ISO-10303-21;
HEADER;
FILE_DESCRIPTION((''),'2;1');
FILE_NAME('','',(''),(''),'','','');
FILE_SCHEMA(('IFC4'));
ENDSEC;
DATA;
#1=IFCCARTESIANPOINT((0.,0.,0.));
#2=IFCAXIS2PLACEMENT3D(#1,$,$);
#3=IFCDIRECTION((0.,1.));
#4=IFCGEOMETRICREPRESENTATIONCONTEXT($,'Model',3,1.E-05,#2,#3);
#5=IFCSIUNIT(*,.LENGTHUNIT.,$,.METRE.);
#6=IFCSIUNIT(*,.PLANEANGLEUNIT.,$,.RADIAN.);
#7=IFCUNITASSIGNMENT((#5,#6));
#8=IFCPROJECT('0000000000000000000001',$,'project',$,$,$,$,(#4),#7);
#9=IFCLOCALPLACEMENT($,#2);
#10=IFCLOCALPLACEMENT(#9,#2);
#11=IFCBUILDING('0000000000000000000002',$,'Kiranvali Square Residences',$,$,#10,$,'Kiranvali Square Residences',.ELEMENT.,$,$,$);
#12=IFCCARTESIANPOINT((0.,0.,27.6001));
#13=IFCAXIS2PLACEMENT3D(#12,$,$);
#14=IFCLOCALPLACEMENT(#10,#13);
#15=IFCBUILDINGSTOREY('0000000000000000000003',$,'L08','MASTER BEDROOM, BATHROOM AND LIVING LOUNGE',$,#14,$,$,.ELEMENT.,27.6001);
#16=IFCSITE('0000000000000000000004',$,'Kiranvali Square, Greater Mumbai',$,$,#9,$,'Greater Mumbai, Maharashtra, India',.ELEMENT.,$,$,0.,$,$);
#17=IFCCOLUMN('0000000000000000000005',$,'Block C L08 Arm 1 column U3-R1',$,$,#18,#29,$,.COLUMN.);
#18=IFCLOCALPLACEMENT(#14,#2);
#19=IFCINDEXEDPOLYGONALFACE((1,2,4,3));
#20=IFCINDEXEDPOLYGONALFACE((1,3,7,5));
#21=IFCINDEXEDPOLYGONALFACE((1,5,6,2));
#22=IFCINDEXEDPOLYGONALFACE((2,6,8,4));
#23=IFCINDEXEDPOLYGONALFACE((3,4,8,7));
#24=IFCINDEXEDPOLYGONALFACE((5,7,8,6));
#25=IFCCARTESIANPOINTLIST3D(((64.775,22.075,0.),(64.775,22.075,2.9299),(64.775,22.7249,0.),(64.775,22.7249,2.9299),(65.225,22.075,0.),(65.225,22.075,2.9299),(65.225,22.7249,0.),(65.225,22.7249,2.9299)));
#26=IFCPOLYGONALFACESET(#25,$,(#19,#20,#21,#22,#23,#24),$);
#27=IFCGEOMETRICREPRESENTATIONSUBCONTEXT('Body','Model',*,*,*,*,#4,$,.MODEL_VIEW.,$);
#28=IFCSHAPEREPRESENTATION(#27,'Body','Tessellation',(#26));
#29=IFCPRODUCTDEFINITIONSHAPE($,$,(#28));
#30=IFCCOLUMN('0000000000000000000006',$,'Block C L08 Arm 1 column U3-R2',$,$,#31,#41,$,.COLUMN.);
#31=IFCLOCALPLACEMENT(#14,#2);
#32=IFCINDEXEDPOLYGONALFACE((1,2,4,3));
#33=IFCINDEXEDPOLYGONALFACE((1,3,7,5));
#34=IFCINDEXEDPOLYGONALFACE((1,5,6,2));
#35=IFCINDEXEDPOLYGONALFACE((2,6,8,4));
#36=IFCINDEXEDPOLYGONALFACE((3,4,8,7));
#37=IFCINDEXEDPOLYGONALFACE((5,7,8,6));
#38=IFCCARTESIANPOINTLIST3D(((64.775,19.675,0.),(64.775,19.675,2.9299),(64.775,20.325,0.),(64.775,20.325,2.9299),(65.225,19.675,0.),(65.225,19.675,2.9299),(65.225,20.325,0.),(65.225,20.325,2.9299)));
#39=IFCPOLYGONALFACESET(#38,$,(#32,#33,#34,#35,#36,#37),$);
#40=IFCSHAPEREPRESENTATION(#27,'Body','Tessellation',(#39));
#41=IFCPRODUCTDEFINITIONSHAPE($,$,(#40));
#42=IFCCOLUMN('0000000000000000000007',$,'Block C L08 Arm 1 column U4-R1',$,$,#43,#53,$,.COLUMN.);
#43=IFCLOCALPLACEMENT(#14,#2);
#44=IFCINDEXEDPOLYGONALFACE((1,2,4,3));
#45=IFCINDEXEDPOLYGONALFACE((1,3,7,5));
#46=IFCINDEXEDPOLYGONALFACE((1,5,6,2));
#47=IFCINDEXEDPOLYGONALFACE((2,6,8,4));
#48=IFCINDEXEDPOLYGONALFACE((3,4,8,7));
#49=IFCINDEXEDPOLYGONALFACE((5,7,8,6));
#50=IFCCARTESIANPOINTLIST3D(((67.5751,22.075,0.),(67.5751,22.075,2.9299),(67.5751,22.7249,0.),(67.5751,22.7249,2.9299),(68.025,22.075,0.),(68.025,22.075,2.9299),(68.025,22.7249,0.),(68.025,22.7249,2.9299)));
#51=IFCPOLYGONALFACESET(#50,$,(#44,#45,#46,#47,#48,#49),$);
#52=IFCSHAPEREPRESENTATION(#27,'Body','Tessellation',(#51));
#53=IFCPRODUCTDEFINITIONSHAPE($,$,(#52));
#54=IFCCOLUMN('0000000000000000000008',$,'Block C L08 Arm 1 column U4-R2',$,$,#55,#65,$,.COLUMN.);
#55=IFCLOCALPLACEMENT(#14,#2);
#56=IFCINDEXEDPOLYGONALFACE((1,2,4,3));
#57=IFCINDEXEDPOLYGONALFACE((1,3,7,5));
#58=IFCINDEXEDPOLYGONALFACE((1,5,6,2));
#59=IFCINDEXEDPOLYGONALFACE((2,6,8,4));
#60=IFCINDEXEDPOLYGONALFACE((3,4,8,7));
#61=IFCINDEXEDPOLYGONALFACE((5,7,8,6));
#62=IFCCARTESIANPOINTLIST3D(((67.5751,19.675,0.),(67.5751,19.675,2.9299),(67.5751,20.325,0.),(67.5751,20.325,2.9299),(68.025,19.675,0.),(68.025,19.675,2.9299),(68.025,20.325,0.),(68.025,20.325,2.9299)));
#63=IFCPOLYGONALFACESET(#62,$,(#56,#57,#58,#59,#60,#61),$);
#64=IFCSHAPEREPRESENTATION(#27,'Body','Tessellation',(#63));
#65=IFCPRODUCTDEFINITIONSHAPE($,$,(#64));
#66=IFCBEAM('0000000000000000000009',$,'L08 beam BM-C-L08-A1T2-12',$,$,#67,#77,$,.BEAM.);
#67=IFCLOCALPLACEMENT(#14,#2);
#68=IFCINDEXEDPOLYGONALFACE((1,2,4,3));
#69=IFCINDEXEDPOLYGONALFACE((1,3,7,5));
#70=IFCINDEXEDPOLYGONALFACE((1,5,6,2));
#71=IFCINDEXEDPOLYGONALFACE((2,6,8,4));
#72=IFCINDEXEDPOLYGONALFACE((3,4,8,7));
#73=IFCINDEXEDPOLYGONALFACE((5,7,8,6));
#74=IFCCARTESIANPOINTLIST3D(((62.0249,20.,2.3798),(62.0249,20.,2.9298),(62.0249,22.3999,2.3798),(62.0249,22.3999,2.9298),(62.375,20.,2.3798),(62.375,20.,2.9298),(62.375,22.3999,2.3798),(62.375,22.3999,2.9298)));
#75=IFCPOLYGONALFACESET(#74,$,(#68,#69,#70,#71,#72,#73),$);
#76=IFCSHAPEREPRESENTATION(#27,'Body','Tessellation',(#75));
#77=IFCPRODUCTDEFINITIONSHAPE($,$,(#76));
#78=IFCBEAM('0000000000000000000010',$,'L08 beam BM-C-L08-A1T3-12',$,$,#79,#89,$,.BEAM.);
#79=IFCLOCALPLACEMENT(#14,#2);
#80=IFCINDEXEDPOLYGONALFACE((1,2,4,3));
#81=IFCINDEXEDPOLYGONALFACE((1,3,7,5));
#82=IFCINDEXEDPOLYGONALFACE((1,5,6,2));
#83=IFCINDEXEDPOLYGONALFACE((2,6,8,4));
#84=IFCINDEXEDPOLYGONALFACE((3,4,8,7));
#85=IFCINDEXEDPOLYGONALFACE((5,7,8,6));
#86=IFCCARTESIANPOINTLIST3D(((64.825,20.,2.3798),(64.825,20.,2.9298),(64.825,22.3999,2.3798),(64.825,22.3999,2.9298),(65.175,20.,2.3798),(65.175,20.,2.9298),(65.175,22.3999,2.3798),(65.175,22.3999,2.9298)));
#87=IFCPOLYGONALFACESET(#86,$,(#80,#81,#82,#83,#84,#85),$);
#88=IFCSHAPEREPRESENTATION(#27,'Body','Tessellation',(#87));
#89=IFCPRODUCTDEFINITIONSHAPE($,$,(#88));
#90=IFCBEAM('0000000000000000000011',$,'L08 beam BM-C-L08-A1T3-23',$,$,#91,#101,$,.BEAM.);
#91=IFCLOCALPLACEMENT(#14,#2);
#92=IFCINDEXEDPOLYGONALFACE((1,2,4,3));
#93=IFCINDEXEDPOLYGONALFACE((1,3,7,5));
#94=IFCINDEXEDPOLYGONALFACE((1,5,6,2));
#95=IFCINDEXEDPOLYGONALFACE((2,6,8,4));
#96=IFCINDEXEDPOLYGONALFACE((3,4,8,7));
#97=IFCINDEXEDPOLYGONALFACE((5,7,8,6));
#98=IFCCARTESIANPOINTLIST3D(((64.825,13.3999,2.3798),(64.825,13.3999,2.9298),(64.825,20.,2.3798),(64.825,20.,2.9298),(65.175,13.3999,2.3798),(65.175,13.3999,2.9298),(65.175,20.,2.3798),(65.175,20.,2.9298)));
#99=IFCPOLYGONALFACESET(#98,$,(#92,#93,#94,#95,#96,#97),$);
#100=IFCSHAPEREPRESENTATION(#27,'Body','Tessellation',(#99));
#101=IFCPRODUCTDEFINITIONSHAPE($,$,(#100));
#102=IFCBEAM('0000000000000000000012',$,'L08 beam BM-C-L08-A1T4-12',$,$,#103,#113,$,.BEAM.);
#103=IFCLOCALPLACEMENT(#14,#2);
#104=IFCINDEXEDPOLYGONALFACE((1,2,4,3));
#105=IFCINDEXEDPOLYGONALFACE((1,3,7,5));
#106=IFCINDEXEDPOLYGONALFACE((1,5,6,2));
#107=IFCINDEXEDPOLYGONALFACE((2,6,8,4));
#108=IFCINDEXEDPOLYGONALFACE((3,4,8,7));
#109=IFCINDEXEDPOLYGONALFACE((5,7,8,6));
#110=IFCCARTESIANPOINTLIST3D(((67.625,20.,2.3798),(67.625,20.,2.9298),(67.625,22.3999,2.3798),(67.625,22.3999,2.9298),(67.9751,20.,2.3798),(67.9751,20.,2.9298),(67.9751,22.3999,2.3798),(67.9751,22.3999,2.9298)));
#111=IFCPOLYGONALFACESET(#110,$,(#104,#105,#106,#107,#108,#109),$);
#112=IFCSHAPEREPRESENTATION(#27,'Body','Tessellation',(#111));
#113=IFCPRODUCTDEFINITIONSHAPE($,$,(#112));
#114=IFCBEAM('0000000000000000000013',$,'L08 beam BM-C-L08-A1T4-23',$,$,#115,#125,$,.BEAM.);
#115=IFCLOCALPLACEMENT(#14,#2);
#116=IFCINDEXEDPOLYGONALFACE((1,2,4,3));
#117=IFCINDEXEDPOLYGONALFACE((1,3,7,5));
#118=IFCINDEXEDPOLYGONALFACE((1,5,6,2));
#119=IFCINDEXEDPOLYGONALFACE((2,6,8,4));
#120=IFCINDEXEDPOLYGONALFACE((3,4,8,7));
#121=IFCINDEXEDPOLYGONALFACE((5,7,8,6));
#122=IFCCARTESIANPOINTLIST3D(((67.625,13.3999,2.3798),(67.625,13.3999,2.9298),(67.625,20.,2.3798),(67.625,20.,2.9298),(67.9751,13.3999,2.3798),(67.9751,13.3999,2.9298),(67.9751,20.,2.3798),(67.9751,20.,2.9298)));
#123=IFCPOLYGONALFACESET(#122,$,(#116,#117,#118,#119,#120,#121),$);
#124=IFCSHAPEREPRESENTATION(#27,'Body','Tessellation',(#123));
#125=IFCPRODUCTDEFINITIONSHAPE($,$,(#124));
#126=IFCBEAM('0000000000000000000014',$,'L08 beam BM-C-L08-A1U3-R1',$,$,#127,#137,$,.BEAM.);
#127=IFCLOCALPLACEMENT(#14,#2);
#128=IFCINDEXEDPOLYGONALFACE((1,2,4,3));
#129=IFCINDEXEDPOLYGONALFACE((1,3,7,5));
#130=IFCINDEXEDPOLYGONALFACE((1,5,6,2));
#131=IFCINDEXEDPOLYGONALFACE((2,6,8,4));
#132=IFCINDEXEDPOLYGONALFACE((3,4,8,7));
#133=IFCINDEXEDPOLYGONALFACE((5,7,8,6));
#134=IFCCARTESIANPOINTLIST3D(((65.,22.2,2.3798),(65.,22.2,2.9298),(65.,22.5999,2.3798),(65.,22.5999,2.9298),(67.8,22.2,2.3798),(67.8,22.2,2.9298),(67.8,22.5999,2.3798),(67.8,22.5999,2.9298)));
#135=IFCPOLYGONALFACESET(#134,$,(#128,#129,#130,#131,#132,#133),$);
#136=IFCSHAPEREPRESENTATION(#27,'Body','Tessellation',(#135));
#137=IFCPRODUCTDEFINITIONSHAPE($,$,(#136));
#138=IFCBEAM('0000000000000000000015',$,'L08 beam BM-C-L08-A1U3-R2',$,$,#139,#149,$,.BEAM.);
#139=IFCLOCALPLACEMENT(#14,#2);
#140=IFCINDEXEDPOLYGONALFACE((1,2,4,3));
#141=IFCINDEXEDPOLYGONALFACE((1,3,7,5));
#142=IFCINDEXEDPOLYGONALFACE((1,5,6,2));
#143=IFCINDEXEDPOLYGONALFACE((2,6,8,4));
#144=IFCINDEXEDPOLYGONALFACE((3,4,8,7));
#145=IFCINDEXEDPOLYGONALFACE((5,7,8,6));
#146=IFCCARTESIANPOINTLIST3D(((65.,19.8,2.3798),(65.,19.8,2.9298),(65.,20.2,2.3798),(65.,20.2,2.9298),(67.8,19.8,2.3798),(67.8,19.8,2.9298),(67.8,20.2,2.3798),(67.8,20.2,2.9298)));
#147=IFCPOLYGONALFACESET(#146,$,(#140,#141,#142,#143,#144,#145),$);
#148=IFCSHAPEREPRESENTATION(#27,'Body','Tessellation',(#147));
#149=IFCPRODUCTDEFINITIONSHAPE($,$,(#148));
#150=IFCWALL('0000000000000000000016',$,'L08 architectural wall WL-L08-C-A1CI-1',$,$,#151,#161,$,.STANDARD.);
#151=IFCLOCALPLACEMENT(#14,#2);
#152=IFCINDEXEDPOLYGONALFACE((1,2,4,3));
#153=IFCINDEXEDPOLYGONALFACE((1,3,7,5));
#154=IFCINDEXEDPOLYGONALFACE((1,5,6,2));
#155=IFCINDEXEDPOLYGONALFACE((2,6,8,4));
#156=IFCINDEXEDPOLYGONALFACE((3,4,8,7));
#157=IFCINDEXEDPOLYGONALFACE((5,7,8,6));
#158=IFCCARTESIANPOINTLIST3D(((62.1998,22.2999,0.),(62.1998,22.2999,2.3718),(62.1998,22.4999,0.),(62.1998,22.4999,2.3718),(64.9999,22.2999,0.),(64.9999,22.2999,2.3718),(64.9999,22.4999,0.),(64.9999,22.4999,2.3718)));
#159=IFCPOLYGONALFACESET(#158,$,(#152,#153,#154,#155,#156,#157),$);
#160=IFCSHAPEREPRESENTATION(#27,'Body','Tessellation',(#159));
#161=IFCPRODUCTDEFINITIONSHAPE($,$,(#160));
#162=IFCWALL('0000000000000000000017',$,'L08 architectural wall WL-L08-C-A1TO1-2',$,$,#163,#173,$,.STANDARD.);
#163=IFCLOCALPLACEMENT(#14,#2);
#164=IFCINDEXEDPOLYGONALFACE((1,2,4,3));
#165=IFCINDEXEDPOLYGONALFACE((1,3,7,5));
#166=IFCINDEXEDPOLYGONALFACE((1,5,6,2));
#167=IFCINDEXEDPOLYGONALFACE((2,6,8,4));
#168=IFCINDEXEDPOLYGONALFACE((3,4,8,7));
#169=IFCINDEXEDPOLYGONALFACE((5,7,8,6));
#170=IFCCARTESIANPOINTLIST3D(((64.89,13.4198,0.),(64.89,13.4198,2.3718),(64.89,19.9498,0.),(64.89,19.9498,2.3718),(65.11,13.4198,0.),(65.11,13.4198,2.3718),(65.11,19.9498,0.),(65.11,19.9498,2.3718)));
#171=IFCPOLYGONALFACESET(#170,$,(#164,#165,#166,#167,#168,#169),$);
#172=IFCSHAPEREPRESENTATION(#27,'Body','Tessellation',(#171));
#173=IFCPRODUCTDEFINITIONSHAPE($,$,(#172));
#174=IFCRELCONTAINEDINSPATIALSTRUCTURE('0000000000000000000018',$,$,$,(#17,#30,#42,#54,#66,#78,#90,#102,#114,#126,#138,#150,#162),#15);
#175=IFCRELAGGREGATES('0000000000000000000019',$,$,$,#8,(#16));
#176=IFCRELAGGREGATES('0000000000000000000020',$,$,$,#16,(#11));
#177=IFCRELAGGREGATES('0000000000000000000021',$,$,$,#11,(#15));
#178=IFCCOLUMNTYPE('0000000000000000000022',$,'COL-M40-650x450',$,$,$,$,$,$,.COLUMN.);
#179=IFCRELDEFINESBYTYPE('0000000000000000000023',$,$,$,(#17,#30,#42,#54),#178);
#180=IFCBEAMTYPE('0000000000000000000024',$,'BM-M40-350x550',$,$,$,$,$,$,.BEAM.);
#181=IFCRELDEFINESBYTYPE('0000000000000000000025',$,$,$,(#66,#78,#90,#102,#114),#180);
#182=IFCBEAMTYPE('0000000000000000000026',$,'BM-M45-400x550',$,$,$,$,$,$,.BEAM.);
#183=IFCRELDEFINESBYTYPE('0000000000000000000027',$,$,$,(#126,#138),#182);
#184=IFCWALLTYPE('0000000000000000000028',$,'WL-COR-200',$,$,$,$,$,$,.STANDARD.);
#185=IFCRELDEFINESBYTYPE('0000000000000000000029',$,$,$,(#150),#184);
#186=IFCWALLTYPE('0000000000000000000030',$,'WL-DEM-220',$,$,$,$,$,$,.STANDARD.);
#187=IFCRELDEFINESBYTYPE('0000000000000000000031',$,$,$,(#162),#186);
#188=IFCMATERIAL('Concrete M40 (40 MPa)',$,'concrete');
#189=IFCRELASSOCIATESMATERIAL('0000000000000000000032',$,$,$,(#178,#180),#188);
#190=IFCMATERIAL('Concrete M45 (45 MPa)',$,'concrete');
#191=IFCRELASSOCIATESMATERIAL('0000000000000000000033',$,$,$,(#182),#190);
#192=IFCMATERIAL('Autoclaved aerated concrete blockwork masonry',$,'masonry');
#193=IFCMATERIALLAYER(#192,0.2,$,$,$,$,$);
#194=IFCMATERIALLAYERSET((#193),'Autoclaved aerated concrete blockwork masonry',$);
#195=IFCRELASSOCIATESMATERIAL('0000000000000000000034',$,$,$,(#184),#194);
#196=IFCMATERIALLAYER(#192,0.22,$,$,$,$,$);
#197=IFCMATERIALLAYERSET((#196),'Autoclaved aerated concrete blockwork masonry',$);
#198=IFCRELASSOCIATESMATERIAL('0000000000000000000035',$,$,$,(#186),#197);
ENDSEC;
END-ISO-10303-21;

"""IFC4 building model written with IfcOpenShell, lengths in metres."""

from ifc_helpers import new_model, si_unit, direction, frame, frame_2d, origin, origin_2d, place, context, subcontext, project, spatial, rectangle, extrude, material, layer, layer_set, material_profile, profile_set, type_object, element, save


model = new_model("IFC4")

# Units and contexts
model_context = context("Model", 3, precision=1e-05, world=origin(), true_north=direction((0.0, 1.0)))
body_context = subcontext(model_context, "Body", "Model", "MODEL_VIEW")
ifc_project = project(units=[si_unit("LENGTHUNIT", "METRE"), si_unit("PLANEANGLEUNIT", "RADIAN")], contexts=[model_context])

# Site, building, storey
site_placement = place(None, origin())
site = spatial("IfcSite", under=ifc_project, at=site_placement, Name="Kiranvali Square, Greater Mumbai", LongName="Greater Mumbai, Maharashtra, India", CompositionType="ELEMENT", RefElevation=0.0)
building_placement = place(site_placement, origin())
building = spatial("IfcBuilding", under=site, at=building_placement, Name="Kiranvali Square Residences", LongName="Kiranvali Square Residences", CompositionType="ELEMENT")
storey_placement = place(building_placement, frame((0.0, 0.0, 27.6001)))
storey = spatial("IfcBuildingStorey", under=building, at=storey_placement, Name="L08", Description="MASTER BEDROOM, BATHROOM AND LIVING LOUNGE", CompositionType="ELEMENT", Elevation=27.6001)

# Columns
ifc_material_1 = material(Name="Concrete M40 (40 MPa)", Category="concrete")
ifc_material_profile_1 = material_profile(ifc_material_1, rectangle(XDim=0.45, YDim=0.6499, at=origin_2d()), Name="RC 650x450")
ifc_profile_set_1 = profile_set([ifc_material_profile_1], Name="Concrete M40 (40 MPa)")
column_type = type_object("IfcColumnType", Name="COL-M40-650x450", PredefinedType="COLUMN", material=ifc_profile_set_1)
for number, where, z_axis, x_axis, name in (
    (1, (65.0, 22.3999, 0.0), (0.0, 0.0, 1.0), (1.0, 0.0, 0.0), "Block C L08 Arm 1 column U3-R1"),
    (2, (65.0, 20.0, 0.0), (0.0, 0.0, 1.0), (1.0, 0.0, 0.0), "Block C L08 Arm 1 column U3-R2"),
    (3, (67.8, 22.3999, 0.0), (0.0, 0.0, 1.0), (1.0, 0.0, 0.0), "Block C L08 Arm 1 column U4-R1"),
    (4, (67.8, 20.0, 0.0), (0.0, 0.0, 1.0), (1.0, 0.0, 0.0), "Block C L08 Arm 1 column U4-R2"),
):
    element("IfcColumn", number, at=place(storey_placement, frame(where, z_axis=z_axis, x_axis=x_axis)), inside=storey, type_object=column_type, Name=name, PredefinedType="COLUMN", context=body_context, shape_type="SweptSolid", body=[
        extrude(rectangle(XDim=0.45, YDim=0.6499, at=origin_2d()), origin(), (0.0, 0.0, 1.0), 2.9299),
    ])

# Beams
ifc_material_profile_2 = material_profile(ifc_material_1, rectangle(XDim=0.3501, YDim=0.55, at=origin_2d()), Name="RC 350x550")
ifc_profile_set_2 = profile_set([ifc_material_profile_2], Name="Concrete M40 (40 MPa)")
beam_type_1 = type_object("IfcBeamType", Name="BM-M40-350x550", PredefinedType="BEAM", material=ifc_profile_set_2)
for number, where, z_axis, x_axis, name in (
    (5, (62.2, 22.3999, 2.6548), (0.0, -1.0, 0.0), (1.0, 0.0, 0.0), "L08 beam BM-C-L08-A1T2-12"),
    (6, (65.0, 22.3999, 2.6548), (0.0, -1.0, 0.0), (1.0, 0.0, 0.0), "L08 beam BM-C-L08-A1T3-12"),
):
    element("IfcBeam", number, at=place(storey_placement, frame(where, z_axis=z_axis, x_axis=x_axis)), inside=storey, type_object=beam_type_1, Name=name, PredefinedType="BEAM", context=body_context, shape_type="SweptSolid", body=[
        extrude(rectangle(XDim=0.3501, YDim=0.55, at=origin_2d()), origin(), (0.0, 0.0, 1.0), 2.3999),
    ])
beam_1_placement = place(storey_placement, frame((65.0, 20.0, 2.6548), z_axis=(0.0, -1.0, 0.0), x_axis=(1.0, 0.0, 0.0)))
element("IfcBeam", 7, at=beam_1_placement, inside=storey, type_object=beam_type_1, Name="L08 beam BM-C-L08-A1T3-23", PredefinedType="BEAM", context=body_context, shape_type="SweptSolid", body=[
    extrude(rectangle(XDim=0.3501, YDim=0.55, at=origin_2d()), origin(), (0.0, 0.0, 1.0), 6.6001),
])
beam_2_placement = place(storey_placement, frame((67.8, 22.3999, 2.6548), z_axis=(0.0, -1.0, 0.0), x_axis=(1.0, 0.0, 0.0)))
element("IfcBeam", 8, at=beam_2_placement, inside=storey, type_object=beam_type_1, Name="L08 beam BM-C-L08-A1T4-12", PredefinedType="BEAM", context=body_context, shape_type="SweptSolid", body=[
    extrude(rectangle(XDim=0.3501, YDim=0.55, at=origin_2d()), origin(), (0.0, 0.0, 1.0), 2.3999),
])
beam_3_placement = place(storey_placement, frame((67.8, 20.0, 2.6548), z_axis=(0.0, -1.0, 0.0), x_axis=(1.0, 0.0, 0.0)))
element("IfcBeam", 9, at=beam_3_placement, inside=storey, type_object=beam_type_1, Name="L08 beam BM-C-L08-A1T4-23", PredefinedType="BEAM", context=body_context, shape_type="SweptSolid", body=[
    extrude(rectangle(XDim=0.3501, YDim=0.55, at=origin_2d()), origin(), (0.0, 0.0, 1.0), 6.6001),
])
ifc_material_2 = material(Name="Concrete M45 (45 MPa)", Category="concrete")
ifc_material_profile_3 = material_profile(ifc_material_2, rectangle(XDim=0.3999, YDim=0.55, at=origin_2d()), Name="RC 400x550")
ifc_profile_set_3 = profile_set([ifc_material_profile_3], Name="Concrete M45 (45 MPa)")
beam_type_2 = type_object("IfcBeamType", Name="BM-M45-400x550", PredefinedType="BEAM", material=ifc_profile_set_3)
for number, where, z_axis, x_axis, name in (
    (10, (65.0, 22.3999, 2.6548), (1.0, 0.0, 0.0), (0.0, 1.0, 0.0), "L08 beam BM-C-L08-A1U3-R1"),
    (11, (65.0, 20.0, 2.6548), (1.0, 0.0, 0.0), (0.0, 1.0, 0.0), "L08 beam BM-C-L08-A1U3-R2"),
):
    element("IfcBeam", number, at=place(storey_placement, frame(where, z_axis=z_axis, x_axis=x_axis)), inside=storey, type_object=beam_type_2, Name=name, PredefinedType="BEAM", context=body_context, shape_type="SweptSolid", body=[
        extrude(rectangle(XDim=0.3999, YDim=0.55, at=origin_2d()), origin(), (0.0, 0.0, 1.0), 2.8),
    ])

# Wall
ifc_material_3 = material(Name="Autoclaved aerated concrete blockwork masonry", Category="masonry")
ifc_layer_1 = layer(ifc_material_3, 0.2)
ifc_layer_set_1 = layer_set([ifc_layer_1], Name="Autoclaved aerated concrete blockwork masonry")
wall_type_1 = type_object("IfcWallType", Name="WL-COR-200", PredefinedType="STANDARD", material=ifc_layer_set_1)
wall_1_placement = place(storey_placement, frame((62.2, 22.3999, 0.0), z_axis=(0.0, 0.0, 1.0), x_axis=(1.0, 0.0, 0.0)))
element("IfcWall", 12, at=wall_1_placement, inside=storey, type_object=wall_type_1, Name="L08 architectural wall WL-L08-C-A1CI-1", PredefinedType="STANDARD", context=body_context, shape_type="SweptSolid", body=[
    extrude(rectangle(XDim=2.8, YDim=0.2, at=frame_2d((1.3999, 0.0))), origin(), (0.0, 0.0, 1.0), 2.3718),
])

# Wall
ifc_layer_2 = layer(ifc_material_3, 0.22)
ifc_layer_set_2 = layer_set([ifc_layer_2], Name="Autoclaved aerated concrete blockwork masonry")
wall_type_2 = type_object("IfcWallType", Name="WL-DEM-220", PredefinedType="STANDARD", material=ifc_layer_set_2)
wall_2_placement = place(storey_placement, frame((65.0, 19.95, 0.0), z_axis=(0.0, 0.0, 1.0), x_axis=(0.0, -1.0, 0.0)))
element("IfcWall", 13, at=wall_2_placement, inside=storey, type_object=wall_type_2, Name="L08 architectural wall WL-L08-C-A1TO1-2", PredefinedType="STANDARD", context=body_context, shape_type="SweptSolid", body=[
    extrude(rectangle(XDim=6.53, YDim=0.22, at=frame_2d((3.2651, 0.0))), origin(), (0.0, 0.0, 1.0), 2.3718),
])

save(model, "model.ifc")
